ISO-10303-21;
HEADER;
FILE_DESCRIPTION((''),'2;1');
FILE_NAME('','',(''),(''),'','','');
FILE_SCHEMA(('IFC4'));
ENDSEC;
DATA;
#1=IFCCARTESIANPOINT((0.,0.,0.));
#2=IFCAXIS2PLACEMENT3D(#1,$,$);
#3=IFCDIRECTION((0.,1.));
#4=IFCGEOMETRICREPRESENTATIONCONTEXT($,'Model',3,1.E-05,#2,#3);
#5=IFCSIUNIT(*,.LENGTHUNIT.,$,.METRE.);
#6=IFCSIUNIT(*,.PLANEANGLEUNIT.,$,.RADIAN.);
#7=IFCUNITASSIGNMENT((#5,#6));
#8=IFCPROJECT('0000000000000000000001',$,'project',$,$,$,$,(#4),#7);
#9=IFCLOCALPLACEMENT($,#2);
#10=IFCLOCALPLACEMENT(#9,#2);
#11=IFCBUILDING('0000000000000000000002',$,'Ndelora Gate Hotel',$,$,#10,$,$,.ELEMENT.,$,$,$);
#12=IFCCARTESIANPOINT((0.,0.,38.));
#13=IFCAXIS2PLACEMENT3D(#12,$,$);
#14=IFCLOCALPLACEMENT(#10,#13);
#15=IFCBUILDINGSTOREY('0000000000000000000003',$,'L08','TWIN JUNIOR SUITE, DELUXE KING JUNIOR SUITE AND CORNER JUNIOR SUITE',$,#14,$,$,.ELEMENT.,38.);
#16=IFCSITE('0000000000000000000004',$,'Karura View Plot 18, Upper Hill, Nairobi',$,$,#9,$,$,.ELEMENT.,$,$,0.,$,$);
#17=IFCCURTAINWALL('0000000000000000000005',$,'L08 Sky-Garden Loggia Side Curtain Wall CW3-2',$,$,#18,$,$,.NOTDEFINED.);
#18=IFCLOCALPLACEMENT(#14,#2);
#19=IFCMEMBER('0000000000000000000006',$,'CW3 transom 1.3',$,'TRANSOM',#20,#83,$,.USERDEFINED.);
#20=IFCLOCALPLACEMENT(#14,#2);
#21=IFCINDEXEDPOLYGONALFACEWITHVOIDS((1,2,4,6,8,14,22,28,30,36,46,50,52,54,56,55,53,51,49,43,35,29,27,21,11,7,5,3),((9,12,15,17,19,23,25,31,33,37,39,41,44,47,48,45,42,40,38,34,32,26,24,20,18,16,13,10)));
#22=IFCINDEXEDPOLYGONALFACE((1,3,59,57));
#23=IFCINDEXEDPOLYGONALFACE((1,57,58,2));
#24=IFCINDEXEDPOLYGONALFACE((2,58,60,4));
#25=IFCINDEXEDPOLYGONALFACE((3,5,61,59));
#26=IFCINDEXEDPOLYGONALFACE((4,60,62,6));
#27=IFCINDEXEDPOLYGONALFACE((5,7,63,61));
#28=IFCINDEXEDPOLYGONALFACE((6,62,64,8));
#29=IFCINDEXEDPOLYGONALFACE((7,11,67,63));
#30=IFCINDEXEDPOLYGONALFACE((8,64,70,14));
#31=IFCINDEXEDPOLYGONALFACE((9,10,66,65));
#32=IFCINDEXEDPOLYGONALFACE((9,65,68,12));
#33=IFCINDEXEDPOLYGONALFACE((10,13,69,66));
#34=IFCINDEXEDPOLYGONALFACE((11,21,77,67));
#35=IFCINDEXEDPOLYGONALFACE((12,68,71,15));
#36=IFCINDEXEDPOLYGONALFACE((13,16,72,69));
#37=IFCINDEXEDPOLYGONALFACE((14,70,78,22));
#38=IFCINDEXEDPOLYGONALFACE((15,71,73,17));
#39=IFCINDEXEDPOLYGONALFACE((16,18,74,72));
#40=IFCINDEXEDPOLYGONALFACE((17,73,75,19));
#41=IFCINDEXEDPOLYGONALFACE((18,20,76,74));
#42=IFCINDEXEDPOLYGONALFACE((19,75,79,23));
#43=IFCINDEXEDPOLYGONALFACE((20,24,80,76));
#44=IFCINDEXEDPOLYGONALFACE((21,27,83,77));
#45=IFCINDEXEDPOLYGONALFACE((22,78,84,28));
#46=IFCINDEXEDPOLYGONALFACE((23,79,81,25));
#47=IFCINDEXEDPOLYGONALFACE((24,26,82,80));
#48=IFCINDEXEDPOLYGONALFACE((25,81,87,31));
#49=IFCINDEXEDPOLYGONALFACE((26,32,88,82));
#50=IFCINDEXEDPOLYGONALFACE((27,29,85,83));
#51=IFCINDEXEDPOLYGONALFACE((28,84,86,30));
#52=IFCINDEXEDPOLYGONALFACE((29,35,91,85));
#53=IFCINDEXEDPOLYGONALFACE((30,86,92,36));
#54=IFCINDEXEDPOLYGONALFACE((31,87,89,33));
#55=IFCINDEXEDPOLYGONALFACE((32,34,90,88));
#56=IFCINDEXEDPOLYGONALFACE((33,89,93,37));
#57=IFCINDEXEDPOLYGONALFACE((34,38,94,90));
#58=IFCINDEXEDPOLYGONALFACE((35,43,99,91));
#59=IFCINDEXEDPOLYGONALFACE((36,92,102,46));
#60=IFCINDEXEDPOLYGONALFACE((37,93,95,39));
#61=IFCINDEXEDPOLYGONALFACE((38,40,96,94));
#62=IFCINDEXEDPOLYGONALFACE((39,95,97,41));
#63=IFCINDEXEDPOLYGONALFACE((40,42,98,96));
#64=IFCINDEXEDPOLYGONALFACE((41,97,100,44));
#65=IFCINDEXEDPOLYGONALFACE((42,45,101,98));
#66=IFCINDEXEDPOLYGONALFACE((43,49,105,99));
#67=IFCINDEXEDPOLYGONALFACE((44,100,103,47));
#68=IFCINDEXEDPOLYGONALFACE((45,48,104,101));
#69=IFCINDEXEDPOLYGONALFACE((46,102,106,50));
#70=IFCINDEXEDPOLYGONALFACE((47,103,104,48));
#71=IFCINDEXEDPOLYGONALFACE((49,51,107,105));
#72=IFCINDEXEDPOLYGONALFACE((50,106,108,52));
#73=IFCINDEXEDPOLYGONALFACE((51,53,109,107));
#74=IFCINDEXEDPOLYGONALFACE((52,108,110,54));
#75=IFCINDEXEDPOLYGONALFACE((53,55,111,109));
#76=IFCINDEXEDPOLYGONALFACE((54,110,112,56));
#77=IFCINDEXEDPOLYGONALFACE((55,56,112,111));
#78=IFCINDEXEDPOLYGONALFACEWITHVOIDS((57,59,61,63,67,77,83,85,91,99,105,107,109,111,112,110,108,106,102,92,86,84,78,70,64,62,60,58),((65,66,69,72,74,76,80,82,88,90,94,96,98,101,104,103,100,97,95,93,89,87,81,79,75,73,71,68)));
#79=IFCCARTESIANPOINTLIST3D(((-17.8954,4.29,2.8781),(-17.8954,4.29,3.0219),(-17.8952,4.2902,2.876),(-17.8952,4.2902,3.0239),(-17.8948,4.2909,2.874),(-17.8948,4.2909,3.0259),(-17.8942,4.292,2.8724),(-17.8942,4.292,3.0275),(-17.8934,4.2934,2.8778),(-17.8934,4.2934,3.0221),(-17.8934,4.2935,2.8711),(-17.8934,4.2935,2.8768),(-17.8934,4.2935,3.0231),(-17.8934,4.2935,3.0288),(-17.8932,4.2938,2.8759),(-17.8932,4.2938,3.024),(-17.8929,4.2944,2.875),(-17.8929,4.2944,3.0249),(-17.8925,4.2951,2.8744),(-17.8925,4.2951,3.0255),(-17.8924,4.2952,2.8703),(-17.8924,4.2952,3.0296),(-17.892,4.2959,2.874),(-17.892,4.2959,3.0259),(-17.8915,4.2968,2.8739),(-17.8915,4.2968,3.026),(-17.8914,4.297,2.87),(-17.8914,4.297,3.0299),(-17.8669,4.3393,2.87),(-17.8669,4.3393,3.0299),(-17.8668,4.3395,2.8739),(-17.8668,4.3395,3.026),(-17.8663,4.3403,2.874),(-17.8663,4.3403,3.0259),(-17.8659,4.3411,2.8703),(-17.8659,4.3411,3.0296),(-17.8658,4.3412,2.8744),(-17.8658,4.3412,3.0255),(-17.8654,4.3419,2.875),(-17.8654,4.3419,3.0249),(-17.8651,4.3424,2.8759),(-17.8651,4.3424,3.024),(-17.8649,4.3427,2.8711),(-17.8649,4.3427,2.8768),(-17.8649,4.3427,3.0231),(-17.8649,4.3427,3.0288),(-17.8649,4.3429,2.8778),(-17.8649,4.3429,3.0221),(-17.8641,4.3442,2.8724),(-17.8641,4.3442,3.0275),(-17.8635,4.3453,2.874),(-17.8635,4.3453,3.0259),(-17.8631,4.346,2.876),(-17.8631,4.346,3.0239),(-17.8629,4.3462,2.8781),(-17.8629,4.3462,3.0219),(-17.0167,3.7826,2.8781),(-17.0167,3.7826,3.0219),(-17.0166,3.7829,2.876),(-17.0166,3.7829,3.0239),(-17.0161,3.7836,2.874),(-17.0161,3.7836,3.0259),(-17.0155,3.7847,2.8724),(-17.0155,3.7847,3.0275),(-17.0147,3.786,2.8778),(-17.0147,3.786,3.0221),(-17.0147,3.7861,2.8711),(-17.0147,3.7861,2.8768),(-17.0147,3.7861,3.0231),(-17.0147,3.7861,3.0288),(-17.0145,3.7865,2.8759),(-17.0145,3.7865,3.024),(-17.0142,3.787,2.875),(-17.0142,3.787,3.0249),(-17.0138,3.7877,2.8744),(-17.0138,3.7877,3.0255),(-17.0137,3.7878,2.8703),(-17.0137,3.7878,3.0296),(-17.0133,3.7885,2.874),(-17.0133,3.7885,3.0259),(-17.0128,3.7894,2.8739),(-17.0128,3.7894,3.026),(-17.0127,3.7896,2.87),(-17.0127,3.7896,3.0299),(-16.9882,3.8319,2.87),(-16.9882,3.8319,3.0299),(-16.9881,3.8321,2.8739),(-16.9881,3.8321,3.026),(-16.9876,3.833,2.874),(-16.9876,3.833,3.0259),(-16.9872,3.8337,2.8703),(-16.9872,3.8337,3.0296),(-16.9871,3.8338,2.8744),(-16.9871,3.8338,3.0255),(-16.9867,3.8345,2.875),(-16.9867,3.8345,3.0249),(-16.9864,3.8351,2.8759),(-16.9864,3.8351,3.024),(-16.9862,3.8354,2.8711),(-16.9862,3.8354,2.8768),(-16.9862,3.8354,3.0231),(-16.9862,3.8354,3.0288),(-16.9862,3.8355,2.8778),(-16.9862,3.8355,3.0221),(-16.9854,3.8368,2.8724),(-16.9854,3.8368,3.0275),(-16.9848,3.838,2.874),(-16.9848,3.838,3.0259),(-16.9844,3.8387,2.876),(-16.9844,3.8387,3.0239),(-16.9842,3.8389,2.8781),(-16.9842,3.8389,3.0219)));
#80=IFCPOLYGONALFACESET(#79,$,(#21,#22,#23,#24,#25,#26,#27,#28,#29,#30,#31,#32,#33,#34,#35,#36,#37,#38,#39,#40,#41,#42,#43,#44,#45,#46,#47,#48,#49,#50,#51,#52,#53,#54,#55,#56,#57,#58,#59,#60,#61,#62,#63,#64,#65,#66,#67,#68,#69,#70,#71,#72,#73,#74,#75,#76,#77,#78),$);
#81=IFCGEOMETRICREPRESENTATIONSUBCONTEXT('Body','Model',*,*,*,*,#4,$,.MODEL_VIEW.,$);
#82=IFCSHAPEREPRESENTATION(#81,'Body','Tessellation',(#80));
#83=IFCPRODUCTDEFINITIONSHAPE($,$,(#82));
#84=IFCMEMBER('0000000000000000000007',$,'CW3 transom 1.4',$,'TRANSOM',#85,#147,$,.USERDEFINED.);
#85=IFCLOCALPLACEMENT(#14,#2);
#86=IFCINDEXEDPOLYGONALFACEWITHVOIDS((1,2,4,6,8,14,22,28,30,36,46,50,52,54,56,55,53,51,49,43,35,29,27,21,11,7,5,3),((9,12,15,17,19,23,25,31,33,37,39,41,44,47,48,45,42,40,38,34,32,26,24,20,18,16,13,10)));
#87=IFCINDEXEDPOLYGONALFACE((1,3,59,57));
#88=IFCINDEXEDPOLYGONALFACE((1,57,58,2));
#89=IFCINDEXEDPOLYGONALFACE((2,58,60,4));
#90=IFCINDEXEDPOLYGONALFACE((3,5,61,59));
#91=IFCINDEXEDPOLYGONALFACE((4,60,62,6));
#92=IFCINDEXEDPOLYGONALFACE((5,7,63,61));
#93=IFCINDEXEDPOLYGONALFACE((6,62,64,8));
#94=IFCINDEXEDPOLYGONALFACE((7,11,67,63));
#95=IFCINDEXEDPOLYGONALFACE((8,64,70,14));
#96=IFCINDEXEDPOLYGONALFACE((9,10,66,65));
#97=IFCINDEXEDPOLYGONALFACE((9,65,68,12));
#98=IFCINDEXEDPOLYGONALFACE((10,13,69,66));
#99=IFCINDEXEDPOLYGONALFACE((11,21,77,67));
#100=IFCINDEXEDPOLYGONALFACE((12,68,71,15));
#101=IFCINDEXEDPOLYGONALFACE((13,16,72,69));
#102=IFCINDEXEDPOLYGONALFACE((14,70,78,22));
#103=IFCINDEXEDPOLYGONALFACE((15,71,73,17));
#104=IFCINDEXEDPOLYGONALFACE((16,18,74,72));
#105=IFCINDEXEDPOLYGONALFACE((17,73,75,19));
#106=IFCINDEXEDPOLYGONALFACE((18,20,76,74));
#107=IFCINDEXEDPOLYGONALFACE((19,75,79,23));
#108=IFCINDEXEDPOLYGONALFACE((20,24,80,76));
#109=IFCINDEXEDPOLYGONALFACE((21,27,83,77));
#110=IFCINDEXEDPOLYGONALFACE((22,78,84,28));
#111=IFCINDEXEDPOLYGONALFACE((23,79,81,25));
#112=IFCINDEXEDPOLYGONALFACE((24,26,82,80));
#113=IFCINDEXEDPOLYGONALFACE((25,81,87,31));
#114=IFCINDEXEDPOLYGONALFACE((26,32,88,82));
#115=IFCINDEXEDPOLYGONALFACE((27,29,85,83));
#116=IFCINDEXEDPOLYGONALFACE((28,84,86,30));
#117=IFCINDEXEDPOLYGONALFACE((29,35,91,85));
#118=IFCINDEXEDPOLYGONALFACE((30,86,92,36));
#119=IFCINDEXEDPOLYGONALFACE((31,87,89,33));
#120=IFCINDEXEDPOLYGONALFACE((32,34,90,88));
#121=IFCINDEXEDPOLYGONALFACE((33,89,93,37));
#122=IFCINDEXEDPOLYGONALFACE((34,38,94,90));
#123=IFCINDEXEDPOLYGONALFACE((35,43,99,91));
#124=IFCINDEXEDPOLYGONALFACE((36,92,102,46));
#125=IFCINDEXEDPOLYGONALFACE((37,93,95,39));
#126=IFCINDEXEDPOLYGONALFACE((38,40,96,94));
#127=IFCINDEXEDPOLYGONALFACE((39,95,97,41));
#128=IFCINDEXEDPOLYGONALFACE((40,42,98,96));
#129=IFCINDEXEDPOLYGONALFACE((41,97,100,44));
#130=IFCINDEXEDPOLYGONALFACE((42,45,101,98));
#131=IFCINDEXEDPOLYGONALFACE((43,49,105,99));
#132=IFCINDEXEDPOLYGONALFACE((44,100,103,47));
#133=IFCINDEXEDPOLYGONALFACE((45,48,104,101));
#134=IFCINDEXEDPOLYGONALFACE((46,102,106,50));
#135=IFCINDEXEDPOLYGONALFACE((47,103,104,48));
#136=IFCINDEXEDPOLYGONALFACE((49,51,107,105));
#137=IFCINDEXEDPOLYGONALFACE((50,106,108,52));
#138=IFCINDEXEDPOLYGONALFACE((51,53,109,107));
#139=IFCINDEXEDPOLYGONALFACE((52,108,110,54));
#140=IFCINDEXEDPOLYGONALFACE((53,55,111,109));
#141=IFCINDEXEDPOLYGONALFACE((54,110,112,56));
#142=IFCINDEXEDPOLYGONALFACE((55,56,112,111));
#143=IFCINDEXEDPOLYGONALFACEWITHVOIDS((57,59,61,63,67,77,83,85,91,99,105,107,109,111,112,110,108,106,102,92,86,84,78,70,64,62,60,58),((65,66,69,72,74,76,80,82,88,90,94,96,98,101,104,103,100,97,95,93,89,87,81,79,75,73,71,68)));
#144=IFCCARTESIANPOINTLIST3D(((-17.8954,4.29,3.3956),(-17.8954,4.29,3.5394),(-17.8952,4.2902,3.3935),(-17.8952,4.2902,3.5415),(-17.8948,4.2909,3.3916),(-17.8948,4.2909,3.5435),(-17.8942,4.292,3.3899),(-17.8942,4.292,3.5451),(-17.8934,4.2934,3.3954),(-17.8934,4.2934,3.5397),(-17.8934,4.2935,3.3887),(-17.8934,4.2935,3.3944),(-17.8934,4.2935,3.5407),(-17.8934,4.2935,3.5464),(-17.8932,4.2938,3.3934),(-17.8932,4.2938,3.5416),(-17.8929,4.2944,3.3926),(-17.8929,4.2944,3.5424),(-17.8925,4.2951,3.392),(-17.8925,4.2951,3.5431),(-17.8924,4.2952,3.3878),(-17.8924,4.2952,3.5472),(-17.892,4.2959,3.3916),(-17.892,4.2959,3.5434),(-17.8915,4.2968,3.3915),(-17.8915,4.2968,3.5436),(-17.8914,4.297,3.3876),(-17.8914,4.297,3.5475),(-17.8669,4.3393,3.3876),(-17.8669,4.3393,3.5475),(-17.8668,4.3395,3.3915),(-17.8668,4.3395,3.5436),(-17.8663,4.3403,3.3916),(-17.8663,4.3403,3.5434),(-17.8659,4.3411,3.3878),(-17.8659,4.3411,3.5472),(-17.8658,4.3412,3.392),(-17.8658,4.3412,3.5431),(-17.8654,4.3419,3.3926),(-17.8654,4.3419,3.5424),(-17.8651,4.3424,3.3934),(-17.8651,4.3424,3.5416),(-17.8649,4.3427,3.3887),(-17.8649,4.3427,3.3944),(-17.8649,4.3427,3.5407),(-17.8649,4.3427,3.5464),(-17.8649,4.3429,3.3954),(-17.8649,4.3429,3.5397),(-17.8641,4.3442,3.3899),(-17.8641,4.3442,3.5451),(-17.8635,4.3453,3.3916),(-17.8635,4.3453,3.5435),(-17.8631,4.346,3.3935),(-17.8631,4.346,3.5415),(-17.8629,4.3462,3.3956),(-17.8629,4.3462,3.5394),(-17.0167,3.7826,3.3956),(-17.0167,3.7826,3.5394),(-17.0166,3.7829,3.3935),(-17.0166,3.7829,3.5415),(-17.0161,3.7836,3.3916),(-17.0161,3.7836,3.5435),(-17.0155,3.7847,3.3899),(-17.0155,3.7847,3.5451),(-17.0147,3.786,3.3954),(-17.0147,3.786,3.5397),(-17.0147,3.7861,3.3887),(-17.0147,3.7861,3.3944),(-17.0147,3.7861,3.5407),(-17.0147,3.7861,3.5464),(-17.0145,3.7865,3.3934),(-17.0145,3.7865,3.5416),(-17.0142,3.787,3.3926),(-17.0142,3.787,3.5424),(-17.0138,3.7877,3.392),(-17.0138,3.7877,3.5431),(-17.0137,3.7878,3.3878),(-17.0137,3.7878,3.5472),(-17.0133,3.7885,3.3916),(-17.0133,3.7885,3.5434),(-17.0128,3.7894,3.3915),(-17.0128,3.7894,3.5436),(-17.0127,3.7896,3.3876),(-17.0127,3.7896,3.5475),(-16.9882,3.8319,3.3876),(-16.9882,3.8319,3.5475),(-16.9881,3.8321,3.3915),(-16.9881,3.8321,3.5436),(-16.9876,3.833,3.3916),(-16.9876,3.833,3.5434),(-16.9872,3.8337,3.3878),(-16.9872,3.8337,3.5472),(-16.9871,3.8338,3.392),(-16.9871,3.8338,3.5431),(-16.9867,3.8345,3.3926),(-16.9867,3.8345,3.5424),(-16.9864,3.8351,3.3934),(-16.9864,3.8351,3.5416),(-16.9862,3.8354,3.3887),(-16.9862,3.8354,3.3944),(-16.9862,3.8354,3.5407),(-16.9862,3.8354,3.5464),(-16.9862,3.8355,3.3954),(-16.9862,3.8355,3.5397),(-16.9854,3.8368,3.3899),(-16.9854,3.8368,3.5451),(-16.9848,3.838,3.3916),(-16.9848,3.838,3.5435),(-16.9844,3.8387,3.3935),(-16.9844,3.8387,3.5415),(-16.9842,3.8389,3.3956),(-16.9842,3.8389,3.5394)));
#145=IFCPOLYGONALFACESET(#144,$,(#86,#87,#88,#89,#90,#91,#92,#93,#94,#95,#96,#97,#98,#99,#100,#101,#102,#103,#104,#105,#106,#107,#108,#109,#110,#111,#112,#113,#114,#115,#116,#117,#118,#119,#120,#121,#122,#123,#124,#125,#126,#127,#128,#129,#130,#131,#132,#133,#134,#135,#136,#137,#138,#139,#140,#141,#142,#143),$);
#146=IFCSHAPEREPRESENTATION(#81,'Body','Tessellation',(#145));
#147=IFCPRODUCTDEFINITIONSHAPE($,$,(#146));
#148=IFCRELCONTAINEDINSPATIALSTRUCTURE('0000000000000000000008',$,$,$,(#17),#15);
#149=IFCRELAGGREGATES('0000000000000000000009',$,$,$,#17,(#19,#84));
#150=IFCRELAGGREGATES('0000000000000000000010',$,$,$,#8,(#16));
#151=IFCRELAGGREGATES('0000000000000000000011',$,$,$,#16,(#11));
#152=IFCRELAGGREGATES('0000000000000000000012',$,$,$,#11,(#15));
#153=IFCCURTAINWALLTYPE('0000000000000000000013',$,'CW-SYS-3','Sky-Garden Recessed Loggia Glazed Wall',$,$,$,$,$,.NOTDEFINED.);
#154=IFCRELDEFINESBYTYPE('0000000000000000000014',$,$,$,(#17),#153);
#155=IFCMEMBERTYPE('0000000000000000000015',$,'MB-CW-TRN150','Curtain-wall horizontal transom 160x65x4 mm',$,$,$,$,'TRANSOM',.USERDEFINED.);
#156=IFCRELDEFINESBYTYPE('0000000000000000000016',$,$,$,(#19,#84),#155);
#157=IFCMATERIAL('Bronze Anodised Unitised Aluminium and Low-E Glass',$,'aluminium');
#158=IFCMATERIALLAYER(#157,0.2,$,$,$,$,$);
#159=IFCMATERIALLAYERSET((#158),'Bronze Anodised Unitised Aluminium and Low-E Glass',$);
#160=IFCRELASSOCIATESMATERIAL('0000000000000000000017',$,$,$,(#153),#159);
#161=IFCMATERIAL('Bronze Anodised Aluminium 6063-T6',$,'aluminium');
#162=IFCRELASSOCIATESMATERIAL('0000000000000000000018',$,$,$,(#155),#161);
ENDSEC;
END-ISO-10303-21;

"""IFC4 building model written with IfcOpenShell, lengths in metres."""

from ifc_helpers import new_model, si_unit, direction, frame, origin, origin_2d, place, context, subcontext, project, spatial, hollow_rectangle, extrude, material, layer, layer_set, material_profile, profile_set, type_object, element, aggregate, save


model = new_model("IFC4")

# Units and contexts
model_context = context("Model", 3, precision=1e-05, world=origin(), true_north=direction((0.0, 1.0)))
body_context = subcontext(model_context, "Body", "Model", "MODEL_VIEW")
ifc_project = project(units=[si_unit("LENGTHUNIT", "METRE"), si_unit("PLANEANGLEUNIT", "RADIAN")], contexts=[model_context])

# Site, building, storey
site_placement = place(None, origin())
site = spatial("IfcSite", under=ifc_project, at=site_placement, Name="Karura View Plot 18, Upper Hill, Nairobi", CompositionType="ELEMENT", RefElevation=0.0)
building_placement = place(site_placement, origin())
building = spatial("IfcBuilding", under=site, at=building_placement, Name="Ndelora Gate Hotel", CompositionType="ELEMENT")
storey_placement = place(building_placement, frame((0.0, 0.0, 38.0)))
storey = spatial("IfcBuildingStorey", under=building, at=storey_placement, Name="L08", Description="TWIN JUNIOR SUITE, DELUXE KING JUNIOR SUITE AND CORNER JUNIOR SUITE", CompositionType="ELEMENT", Elevation=38.0)

# Curtain wall, members
ifc_material_1 = material(Name="Bronze Anodised Unitised Aluminium and Low-E Glass", Category="aluminium")
ifc_layer_1 = layer(ifc_material_1, 0.2)
ifc_layer_set_1 = layer_set([ifc_layer_1], Name="Bronze Anodised Unitised Aluminium and Low-E Glass")
curtain_wall_type = type_object("IfcCurtainWallType", Name="CW-SYS-3", Description="Sky-Garden Recessed Loggia Glazed Wall", PredefinedType="NOTDEFINED", material=ifc_layer_set_1)
curtain_wall_placement = place(storey_placement, origin())
curtain_wall = element("IfcCurtainWall", 1, at=curtain_wall_placement, inside=storey, type_object=curtain_wall_type, Name="L08 Sky-Garden Loggia Side Curtain Wall CW3-2", PredefinedType="NOTDEFINED")
ifc_material_2 = material(Name="Bronze Anodised Aluminium 6063-T6", Category="aluminium")
ifc_material_profile_1 = material_profile(ifc_material_2, hollow_rectangle(XDim=0.0649, YDim=0.1599, WallThickness=0.0039, InnerFilletRadius=0.0039, OuterFilletRadius=0.0081, at=origin_2d()), Name="ALU 160x65x4")
ifc_profile_set_1 = profile_set([ifc_material_profile_1], Name="Bronze Anodised Aluminium 6063-T6")
member_type_1 = type_object("IfcMemberType", Name="MB-CW-TRN150", Description="Curtain-wall horizontal transom 160x65x4 mm", ElementType="TRANSOM", PredefinedType="USERDEFINED", material=ifc_profile_set_1)
member_1_placement = place(storey_placement, frame((-17.8792, 4.3181, 2.95), z_axis=(0.866013, -0.500021, 0.0), x_axis=(0.500021, 0.866013, 0.0)))
member_1 = element("IfcMember", 2, at=member_1_placement, type_object=member_type_1, Name="CW3 transom 1.3", ObjectType="TRANSOM", PredefinedType="USERDEFINED", context=body_context, shape_type="SweptSolid", body=[
    extrude(hollow_rectangle(XDim=0.0649, YDim=0.1599, WallThickness=0.0039, InnerFilletRadius=0.0039, OuterFilletRadius=0.0081, at=origin_2d()), origin(), (0.0, 0.0, 1.0), 1.0146),
])
member_2_placement = place(storey_placement, frame((-17.8792, 4.3181, 3.4675), z_axis=(0.866013, -0.500021, 0.0), x_axis=(0.500021, 0.866013, 0.0)))
member_2 = element("IfcMember", 3, at=member_2_placement, type_object=member_type_1, Name="CW3 transom 1.4", ObjectType="TRANSOM", PredefinedType="USERDEFINED", context=body_context, shape_type="SweptSolid", body=[
    extrude(hollow_rectangle(XDim=0.0649, YDim=0.1599, WallThickness=0.0039, InnerFilletRadius=0.0039, OuterFilletRadius=0.0081, at=origin_2d()), origin(), (0.0, 0.0, 1.0), 1.0146),
])
aggregate(curtain_wall, [member_1, member_2])

save(model, "model.ifc")
